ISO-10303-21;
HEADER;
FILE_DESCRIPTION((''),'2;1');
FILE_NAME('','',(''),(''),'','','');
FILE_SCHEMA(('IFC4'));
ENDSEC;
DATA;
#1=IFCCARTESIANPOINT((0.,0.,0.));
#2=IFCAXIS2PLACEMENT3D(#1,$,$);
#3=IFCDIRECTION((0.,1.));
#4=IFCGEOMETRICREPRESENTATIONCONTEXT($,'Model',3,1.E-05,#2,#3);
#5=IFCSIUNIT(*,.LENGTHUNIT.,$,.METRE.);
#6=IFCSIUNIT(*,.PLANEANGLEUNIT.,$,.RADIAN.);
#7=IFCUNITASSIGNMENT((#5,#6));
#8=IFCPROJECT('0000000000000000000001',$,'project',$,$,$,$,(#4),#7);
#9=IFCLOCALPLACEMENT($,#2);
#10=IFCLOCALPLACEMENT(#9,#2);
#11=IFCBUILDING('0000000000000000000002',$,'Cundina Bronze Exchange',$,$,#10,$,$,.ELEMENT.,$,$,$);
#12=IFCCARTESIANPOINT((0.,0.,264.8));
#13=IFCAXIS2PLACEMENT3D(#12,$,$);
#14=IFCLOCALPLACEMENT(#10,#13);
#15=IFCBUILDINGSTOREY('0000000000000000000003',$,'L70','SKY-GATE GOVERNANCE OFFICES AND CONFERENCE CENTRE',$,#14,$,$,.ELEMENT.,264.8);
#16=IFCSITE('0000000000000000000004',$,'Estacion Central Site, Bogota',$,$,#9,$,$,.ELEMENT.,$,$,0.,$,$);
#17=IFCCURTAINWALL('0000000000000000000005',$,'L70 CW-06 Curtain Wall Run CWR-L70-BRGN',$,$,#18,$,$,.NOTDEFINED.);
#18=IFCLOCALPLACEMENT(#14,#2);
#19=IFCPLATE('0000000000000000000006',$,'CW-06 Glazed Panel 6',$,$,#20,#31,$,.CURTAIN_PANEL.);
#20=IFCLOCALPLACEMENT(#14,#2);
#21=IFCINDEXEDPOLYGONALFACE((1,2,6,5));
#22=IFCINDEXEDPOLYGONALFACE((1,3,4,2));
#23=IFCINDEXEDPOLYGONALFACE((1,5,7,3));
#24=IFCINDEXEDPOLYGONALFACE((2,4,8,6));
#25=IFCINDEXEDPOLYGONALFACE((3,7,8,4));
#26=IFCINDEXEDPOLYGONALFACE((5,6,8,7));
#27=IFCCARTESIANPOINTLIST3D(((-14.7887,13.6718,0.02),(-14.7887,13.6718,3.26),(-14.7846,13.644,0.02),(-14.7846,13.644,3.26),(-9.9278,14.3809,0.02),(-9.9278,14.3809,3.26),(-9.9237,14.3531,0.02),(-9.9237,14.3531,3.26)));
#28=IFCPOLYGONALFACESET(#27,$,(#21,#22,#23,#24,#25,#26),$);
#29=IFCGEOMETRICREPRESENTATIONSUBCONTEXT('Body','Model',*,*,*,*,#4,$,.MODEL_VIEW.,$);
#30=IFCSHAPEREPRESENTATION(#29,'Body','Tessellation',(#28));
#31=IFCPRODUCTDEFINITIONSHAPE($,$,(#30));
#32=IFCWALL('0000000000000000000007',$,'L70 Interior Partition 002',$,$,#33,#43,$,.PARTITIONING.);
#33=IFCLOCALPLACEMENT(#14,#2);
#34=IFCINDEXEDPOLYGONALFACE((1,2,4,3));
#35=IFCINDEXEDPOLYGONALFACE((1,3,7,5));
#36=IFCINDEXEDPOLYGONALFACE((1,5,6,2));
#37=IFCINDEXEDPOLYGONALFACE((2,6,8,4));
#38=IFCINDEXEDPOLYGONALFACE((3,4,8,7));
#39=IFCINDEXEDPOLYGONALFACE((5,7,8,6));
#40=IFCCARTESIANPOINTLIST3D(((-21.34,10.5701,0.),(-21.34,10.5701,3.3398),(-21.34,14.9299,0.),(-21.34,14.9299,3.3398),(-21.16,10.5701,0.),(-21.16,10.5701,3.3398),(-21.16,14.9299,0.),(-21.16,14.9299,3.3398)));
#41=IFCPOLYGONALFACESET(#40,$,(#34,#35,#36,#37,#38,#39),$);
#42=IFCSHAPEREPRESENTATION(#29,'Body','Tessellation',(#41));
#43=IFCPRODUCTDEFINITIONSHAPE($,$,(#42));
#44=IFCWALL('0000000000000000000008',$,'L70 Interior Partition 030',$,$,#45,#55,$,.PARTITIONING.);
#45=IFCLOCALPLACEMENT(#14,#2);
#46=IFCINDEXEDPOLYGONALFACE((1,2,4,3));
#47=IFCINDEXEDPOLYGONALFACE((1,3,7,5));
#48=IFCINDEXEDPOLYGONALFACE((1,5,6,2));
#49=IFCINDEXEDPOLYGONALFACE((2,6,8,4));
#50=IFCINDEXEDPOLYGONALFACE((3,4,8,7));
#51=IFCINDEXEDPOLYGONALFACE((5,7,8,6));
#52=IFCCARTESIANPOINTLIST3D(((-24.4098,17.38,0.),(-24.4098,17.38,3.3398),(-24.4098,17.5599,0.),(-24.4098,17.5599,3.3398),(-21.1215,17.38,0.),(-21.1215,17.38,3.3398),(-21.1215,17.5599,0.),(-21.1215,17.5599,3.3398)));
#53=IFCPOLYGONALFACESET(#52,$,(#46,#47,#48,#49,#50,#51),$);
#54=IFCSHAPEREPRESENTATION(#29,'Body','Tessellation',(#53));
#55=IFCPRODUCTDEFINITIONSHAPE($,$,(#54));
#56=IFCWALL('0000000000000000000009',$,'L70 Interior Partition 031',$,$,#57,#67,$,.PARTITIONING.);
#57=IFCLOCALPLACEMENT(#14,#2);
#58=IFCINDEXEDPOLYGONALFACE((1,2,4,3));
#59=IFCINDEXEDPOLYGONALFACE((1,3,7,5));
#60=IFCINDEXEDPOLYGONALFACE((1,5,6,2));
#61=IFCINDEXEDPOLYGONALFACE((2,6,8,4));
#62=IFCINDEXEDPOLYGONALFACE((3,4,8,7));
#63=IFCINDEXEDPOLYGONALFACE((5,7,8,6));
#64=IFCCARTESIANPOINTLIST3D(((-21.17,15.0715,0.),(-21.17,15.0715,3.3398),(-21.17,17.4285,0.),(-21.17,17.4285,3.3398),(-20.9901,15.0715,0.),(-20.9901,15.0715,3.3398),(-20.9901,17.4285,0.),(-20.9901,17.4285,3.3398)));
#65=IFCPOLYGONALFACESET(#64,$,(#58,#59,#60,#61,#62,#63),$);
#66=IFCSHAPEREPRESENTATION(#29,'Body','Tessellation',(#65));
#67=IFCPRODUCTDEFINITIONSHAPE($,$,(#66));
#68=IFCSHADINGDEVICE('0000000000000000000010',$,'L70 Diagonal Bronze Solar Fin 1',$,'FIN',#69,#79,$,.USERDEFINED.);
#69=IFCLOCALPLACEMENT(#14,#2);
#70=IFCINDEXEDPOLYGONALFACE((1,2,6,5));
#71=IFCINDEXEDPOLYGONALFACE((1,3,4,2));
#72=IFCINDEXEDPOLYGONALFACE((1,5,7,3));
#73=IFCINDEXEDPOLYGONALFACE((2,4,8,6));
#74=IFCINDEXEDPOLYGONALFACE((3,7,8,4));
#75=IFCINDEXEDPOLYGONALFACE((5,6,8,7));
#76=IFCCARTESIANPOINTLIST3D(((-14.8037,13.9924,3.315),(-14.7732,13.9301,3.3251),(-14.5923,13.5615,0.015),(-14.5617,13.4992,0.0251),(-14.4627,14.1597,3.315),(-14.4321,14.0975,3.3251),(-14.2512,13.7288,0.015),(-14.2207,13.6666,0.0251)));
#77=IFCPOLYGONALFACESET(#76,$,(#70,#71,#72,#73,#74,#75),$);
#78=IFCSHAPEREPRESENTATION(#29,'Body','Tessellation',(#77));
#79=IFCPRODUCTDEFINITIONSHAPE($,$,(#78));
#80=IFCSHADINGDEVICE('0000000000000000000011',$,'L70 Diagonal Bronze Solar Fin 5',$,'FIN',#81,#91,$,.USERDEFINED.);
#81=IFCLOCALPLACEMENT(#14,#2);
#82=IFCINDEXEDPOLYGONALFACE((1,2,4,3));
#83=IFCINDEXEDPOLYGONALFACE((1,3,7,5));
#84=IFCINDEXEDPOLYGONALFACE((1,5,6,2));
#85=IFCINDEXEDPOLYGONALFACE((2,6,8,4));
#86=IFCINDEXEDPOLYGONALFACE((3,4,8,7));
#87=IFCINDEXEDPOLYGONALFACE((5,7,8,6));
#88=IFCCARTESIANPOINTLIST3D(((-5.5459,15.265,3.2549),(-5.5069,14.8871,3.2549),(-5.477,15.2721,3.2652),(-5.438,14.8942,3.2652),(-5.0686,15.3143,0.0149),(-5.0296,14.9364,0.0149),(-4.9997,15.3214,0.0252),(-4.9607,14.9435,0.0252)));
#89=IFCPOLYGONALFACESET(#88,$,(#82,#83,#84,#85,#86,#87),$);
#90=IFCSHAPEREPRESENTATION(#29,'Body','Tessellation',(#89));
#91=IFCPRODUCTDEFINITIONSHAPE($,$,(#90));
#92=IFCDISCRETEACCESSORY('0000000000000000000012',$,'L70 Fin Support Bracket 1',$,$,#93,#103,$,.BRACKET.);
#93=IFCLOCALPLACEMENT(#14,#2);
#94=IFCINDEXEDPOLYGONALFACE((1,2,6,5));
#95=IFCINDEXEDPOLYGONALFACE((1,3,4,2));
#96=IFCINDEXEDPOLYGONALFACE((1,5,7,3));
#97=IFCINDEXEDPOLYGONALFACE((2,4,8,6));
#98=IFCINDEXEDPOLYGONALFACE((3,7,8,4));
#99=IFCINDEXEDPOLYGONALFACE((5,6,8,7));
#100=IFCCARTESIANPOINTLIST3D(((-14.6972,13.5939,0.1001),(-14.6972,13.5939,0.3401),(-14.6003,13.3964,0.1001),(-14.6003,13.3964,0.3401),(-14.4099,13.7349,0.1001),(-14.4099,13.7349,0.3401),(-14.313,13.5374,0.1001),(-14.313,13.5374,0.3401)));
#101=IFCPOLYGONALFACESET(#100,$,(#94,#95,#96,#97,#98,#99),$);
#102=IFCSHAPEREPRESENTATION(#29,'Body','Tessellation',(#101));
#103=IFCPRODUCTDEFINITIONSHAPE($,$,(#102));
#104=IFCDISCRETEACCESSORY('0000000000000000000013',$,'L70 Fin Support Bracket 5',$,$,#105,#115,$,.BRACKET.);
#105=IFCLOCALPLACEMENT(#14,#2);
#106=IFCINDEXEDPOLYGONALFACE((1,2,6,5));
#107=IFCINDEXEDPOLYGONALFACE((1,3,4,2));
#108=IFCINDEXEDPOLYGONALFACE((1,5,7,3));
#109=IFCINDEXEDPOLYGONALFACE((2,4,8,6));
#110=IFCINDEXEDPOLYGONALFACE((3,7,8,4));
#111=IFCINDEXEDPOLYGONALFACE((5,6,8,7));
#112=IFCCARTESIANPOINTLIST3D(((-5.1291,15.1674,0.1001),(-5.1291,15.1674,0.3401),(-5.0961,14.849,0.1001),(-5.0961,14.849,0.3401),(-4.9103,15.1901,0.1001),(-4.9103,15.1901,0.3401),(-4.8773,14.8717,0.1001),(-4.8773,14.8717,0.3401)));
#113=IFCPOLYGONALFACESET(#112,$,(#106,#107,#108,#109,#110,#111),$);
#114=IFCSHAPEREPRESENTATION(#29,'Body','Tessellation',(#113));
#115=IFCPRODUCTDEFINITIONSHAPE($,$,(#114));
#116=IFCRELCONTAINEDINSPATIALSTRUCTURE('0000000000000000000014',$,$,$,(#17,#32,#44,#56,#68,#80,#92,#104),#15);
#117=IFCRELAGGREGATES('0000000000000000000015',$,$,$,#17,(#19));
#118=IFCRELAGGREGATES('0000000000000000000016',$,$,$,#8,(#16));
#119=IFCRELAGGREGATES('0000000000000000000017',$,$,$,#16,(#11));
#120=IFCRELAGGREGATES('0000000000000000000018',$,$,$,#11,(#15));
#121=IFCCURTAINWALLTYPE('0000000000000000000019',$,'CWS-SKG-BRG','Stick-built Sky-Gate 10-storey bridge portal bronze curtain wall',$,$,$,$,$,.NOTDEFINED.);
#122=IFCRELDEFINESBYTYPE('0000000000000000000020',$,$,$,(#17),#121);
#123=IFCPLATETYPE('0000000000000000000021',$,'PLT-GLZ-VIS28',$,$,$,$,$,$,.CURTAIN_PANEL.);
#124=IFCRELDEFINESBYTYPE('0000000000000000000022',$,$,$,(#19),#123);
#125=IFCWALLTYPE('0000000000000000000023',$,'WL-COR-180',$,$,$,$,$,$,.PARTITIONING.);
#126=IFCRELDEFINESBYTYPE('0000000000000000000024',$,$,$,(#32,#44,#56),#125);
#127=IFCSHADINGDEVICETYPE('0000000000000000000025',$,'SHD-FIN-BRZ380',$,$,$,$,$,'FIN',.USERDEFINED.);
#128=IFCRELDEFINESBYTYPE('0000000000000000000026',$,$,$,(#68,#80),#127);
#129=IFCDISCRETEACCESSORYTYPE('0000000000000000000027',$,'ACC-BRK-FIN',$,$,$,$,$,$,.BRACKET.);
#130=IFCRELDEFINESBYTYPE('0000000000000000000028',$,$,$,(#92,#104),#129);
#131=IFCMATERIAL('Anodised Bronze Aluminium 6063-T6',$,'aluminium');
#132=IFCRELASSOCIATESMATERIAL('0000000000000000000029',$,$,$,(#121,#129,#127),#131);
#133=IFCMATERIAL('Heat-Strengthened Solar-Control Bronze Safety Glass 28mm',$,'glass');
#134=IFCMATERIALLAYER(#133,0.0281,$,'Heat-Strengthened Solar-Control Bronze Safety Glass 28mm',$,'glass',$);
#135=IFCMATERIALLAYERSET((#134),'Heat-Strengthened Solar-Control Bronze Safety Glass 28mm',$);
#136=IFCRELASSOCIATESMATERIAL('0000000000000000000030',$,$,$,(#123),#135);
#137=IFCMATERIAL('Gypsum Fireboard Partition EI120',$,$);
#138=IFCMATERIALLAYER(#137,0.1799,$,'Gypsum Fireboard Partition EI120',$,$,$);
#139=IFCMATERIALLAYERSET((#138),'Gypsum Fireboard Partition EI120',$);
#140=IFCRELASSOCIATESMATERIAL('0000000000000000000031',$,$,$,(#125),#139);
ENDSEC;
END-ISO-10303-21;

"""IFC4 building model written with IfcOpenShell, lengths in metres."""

from ifc_helpers import new_model, si_unit, direction, frame, frame_2d, origin, origin_2d, place, context, subcontext, project, spatial, rectangle, extrude, material, layer, layer_set, material_profile, profile_set, type_object, element, aggregate, save


model = new_model("IFC4")

# Units and contexts
model_context = context("Model", 3, precision=1e-05, world=origin(), true_north=direction((0.0, 1.0)))
body_context = subcontext(model_context, "Body", "Model", "MODEL_VIEW")
ifc_project = project(units=[si_unit("LENGTHUNIT", "METRE"), si_unit("PLANEANGLEUNIT", "RADIAN")], contexts=[model_context])

# Site, building, storey
site_placement = place(None, origin())
site = spatial("IfcSite", under=ifc_project, at=site_placement, Name="Estacion Central Site, Bogota", CompositionType="ELEMENT", RefElevation=0.0)
building_placement = place(site_placement, origin())
building = spatial("IfcBuilding", under=site, at=building_placement, Name="Cundina Bronze Exchange", CompositionType="ELEMENT")
storey_placement = place(building_placement, frame((0.0, 0.0, 264.8)))
storey = spatial("IfcBuildingStorey", under=building, at=storey_placement, Name="L70", Description="SKY-GATE GOVERNANCE OFFICES AND CONFERENCE CENTRE", CompositionType="ELEMENT", Elevation=264.8)

# Curtain wall
ifc_material_1 = material(Name="Anodised Bronze Aluminium 6063-T6", Category="aluminium")
curtain_wall_type = type_object("IfcCurtainWallType", Name="CWS-SKG-BRG", Description="Stick-built Sky-Gate 10-storey bridge portal bronze curtain wall", PredefinedType="NOTDEFINED", material=ifc_material_1)
curtain_wall_1_placement = place(storey_placement, origin())
curtain_wall_1 = element("IfcCurtainWall", 1, at=curtain_wall_1_placement, inside=storey, type_object=curtain_wall_type, Name="L70 CW-06 Curtain Wall Run CWR-L70-BRGN", PredefinedType="NOTDEFINED")

# Plate
ifc_material_2 = material(Name="Heat-Strengthened Solar-Control Bronze Safety Glass 28mm", Category="glass")
ifc_layer_1 = layer(ifc_material_2, 0.0281, Name="Heat-Strengthened Solar-Control Bronze Safety Glass 28mm", Category="glass")
ifc_layer_set_1 = layer_set([ifc_layer_1], Name="Heat-Strengthened Solar-Control Bronze Safety Glass 28mm")
plate_type = type_object("IfcPlateType", Name="PLT-GLZ-VIS28", PredefinedType="CURTAIN_PANEL", material=ifc_layer_set_1)
plate_1_placement = place(storey_placement, frame((-12.3562, 14.0125, 0.02), z_axis=(0.0, 0.0, 1.0), x_axis=(-0.989528, -0.144339, 0.0)))
plate_1 = element("IfcPlate", 2, at=plate_1_placement, type_object=plate_type, Name="CW-06 Glazed Panel 6", PredefinedType="CURTAIN_PANEL", context=body_context, shape_type="SweptSolid", body=[
    extrude(rectangle(XDim=4.9124, YDim=0.0281, at=origin_2d()), origin(), (0.0, 0.0, 1.0), 3.24),
])
aggregate(curtain_wall_1, [plate_1])

# Walls
ifc_material_3 = material(Name="Gypsum Fireboard Partition EI120")
ifc_layer_2 = layer(ifc_material_3, 0.1799, Name="Gypsum Fireboard Partition EI120")
ifc_layer_set_2 = layer_set([ifc_layer_2], Name="Gypsum Fireboard Partition EI120")
wall_type = type_object("IfcWallType", Name="WL-COR-180", PredefinedType="PARTITIONING", material=ifc_layer_set_2)
wall_1_placement = place(storey_placement, frame((-21.25, 10.5701, 0.0), z_axis=(0.0, 0.0, 1.0), x_axis=(0.0, 1.0, 0.0)))
element("IfcWall", 3, at=wall_1_placement, inside=storey, type_object=wall_type, Name="L70 Interior Partition 002", PredefinedType="PARTITIONING", context=body_context, shape_type="SweptSolid", body=[
    extrude(rectangle(XDim=4.3599, YDim=0.1799, at=frame_2d((2.1799, 0.0))), origin(), (0.0, 0.0, 1.0), 3.3398),
])
wall_2_placement = place(storey_placement, frame((-21.1216, 17.47, 0.0), z_axis=(0.0, 0.0, 1.0), x_axis=(-1.0, 0.0, 0.0)))
element("IfcWall", 4, at=wall_2_placement, inside=storey, type_object=wall_type, Name="L70 Interior Partition 030", PredefinedType="PARTITIONING", context=body_context, shape_type="SweptSolid", body=[
    extrude(rectangle(XDim=3.2883, YDim=0.1799, at=frame_2d((1.644, 0.0))), origin(), (0.0, 0.0, 1.0), 3.3398),
])
wall_3_placement = place(storey_placement, frame((-21.0801, 15.0715, 0.0), z_axis=(0.0, 0.0, 1.0), x_axis=(0.0, 1.0, 0.0)))
element("IfcWall", 5, at=wall_3_placement, inside=storey, type_object=wall_type, Name="L70 Interior Partition 031", PredefinedType="PARTITIONING", context=body_context, shape_type="SweptSolid", body=[
    extrude(rectangle(XDim=2.3569, YDim=0.1799, at=frame_2d((1.1785, 0.0))), origin(), (0.0, 0.0, 1.0), 3.3398),
])

# Shading devices
ifc_material_profile_1 = material_profile(ifc_material_1, rectangle(XDim=0.0701, YDim=0.3799, at=origin_2d()), Name="FIN70X380", Category="aluminium")
ifc_profile_set_1 = profile_set([ifc_material_profile_1], Name="Anodised Bronze Aluminium 6063-T6")
shading_device_type = type_object("IfcShadingDeviceType", Name="SHD-FIN-BRZ380", ElementType="FIN", PredefinedType="USERDEFINED", material=ifc_profile_set_1)
shading_device_1_placement = place(storey_placement, frame((-14.4065, 13.614, 0.02), z_axis=(-0.0634, 0.129217, 0.989588), x_axis=(0.4359, -0.888411, 0.143932)))
element("IfcShadingDevice", 6, at=shading_device_1_placement, inside=storey, type_object=shading_device_type, Name="L70 Diagonal Bronze Solar Fin 1", ObjectType="FIN", PredefinedType="USERDEFINED", context=body_context, shape_type="SweptSolid", body=[
    extrude(rectangle(XDim=0.0701, YDim=0.3799, at=origin_2d()), origin(), (0.0, 0.0, 1.0), 3.3347),
])
shading_device_2_placement = place(storey_placement, frame((-5.0146, 15.1289, 0.02), z_axis=(-0.145724, -0.015057, 0.989211), x_axis=(0.983972, 0.101669, 0.1465)))
element("IfcShadingDevice", 7, at=shading_device_2_placement, inside=storey, type_object=shading_device_type, Name="L70 Diagonal Bronze Solar Fin 5", ObjectType="FIN", PredefinedType="USERDEFINED", context=body_context, shape_type="SweptSolid", body=[
    extrude(rectangle(XDim=0.0701, YDim=0.3799, at=origin_2d()), origin(), (0.0, 0.0, 1.0), 3.2754),
])

# Discrete accessories
discrete_accessory_type = type_object("IfcDiscreteAccessoryType", Name="ACC-BRK-FIN", PredefinedType="BRACKET", material=ifc_material_1)
for number, where, z_axis, x_axis, name in (
    (8, (-14.5051, 13.5657, 0.1001), (0.0, 0.0, 1.0), (-0.440503, 0.897751, 0.0), "L70 Fin Support Bracket 1"),
    (9, (-5.0032, 15.0195, 0.1001), (0.0, 0.0, 1.0), (-0.994672, -0.103088, 0.0), "L70 Fin Support Bracket 5"),
):
    element("IfcDiscreteAccessory", number, at=place(storey_placement, frame(where, z_axis=z_axis, x_axis=x_axis)), inside=storey, type_object=discrete_accessory_type, Name=name, PredefinedType="BRACKET", context=body_context, shape_type="SweptSolid", body=[
        extrude(rectangle(XDim=0.22, YDim=0.3201, at=origin_2d()), origin(), (0.0, 0.0, 1.0), 0.24),
    ])

save(model, "model.ifc")
